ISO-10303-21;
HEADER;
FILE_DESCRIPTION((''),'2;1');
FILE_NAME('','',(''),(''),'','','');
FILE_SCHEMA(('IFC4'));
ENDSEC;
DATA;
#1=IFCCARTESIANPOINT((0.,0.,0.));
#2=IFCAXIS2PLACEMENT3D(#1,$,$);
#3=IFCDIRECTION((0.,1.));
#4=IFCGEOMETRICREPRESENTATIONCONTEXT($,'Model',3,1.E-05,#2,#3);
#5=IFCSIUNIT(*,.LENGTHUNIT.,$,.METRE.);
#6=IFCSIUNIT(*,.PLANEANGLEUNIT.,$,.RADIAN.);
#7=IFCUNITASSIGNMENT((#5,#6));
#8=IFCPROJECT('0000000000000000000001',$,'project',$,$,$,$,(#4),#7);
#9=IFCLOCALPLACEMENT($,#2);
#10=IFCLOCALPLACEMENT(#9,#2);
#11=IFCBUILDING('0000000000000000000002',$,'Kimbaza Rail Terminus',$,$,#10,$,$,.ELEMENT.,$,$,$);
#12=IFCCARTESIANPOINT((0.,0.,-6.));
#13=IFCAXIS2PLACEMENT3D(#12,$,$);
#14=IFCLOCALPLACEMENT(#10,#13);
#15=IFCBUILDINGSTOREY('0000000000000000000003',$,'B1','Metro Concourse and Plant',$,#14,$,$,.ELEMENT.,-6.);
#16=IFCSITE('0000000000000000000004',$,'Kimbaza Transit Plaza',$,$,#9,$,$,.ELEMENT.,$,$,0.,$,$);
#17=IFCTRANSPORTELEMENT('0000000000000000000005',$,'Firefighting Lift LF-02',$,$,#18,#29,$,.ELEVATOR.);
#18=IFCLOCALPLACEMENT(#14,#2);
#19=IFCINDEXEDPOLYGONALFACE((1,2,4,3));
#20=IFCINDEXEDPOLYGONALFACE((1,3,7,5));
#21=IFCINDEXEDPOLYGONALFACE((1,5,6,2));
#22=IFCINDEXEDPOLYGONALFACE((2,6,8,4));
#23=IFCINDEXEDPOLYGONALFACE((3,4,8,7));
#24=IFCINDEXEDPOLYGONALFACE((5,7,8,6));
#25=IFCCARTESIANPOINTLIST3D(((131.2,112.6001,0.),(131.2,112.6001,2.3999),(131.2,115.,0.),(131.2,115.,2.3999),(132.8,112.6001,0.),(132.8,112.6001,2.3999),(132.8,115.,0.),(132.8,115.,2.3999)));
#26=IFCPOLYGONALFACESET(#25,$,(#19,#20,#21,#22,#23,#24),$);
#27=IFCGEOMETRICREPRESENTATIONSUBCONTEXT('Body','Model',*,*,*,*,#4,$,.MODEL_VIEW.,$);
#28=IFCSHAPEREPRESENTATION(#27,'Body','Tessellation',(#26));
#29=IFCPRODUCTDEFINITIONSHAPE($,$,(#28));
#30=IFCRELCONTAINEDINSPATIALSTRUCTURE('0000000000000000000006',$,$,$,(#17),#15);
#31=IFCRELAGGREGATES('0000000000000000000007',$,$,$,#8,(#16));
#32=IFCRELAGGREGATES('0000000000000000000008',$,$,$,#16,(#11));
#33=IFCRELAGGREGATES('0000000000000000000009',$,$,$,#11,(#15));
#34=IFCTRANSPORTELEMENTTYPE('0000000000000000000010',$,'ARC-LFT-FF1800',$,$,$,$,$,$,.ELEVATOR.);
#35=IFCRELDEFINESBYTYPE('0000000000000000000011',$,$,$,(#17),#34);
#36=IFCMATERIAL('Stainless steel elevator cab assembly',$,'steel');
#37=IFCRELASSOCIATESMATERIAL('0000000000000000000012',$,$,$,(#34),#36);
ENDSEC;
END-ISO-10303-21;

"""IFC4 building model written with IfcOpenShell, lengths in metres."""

from ifc_helpers import new_model, si_unit, direction, frame, origin, origin_2d, place, context, subcontext, project, spatial, rectangle, extrude, material, type_object, element, save


model = new_model("IFC4")

# Units and contexts
model_context = context("Model", 3, precision=1e-05, world=origin(), true_north=direction((0.0, 1.0)))
body_context = subcontext(model_context, "Body", "Model", "MODEL_VIEW")
ifc_project = project(units=[si_unit("LENGTHUNIT", "METRE"), si_unit("PLANEANGLEUNIT", "RADIAN")], contexts=[model_context])

# Site, building, storey
site_placement = place(None, origin())
site = spatial("IfcSite", under=ifc_project, at=site_placement, Name="Kimbaza Transit Plaza", CompositionType="ELEMENT", RefElevation=0.0)
building_placement = place(site_placement, origin())
building = spatial("IfcBuilding", under=site, at=building_placement, Name="Kimbaza Rail Terminus", CompositionType="ELEMENT")
storey_placement = place(building_placement, frame((0.0, 0.0, -6.0)))
storey = spatial("IfcBuildingStorey", under=building, at=storey_placement, Name="B1", Description="Metro Concourse and Plant", CompositionType="ELEMENT", Elevation=-6.0)

# Transport element
ifc_material_1 = material(Name="Stainless steel elevator cab assembly", Category="steel")
transport_element_type = type_object("IfcTransportElementType", Name="ARC-LFT-FF1800", PredefinedType="ELEVATOR", material=ifc_material_1)
transport_element_placement = place(storey_placement, frame((132.0, 113.8, 0.0), z_axis=(0.0, 0.0, 1.0), x_axis=(1.0, 0.0, 0.0)))
element("IfcTransportElement", 1, at=transport_element_placement, inside=storey, type_object=transport_element_type, Name="Firefighting Lift LF-02", PredefinedType="ELEVATOR", context=body_context, shape_type="SweptSolid", body=[
    extrude(rectangle(XDim=1.6001, YDim=2.3999, at=origin_2d()), origin(), (0.0, 0.0, 1.0), 2.3999),
])

save(model, "model.ifc")
